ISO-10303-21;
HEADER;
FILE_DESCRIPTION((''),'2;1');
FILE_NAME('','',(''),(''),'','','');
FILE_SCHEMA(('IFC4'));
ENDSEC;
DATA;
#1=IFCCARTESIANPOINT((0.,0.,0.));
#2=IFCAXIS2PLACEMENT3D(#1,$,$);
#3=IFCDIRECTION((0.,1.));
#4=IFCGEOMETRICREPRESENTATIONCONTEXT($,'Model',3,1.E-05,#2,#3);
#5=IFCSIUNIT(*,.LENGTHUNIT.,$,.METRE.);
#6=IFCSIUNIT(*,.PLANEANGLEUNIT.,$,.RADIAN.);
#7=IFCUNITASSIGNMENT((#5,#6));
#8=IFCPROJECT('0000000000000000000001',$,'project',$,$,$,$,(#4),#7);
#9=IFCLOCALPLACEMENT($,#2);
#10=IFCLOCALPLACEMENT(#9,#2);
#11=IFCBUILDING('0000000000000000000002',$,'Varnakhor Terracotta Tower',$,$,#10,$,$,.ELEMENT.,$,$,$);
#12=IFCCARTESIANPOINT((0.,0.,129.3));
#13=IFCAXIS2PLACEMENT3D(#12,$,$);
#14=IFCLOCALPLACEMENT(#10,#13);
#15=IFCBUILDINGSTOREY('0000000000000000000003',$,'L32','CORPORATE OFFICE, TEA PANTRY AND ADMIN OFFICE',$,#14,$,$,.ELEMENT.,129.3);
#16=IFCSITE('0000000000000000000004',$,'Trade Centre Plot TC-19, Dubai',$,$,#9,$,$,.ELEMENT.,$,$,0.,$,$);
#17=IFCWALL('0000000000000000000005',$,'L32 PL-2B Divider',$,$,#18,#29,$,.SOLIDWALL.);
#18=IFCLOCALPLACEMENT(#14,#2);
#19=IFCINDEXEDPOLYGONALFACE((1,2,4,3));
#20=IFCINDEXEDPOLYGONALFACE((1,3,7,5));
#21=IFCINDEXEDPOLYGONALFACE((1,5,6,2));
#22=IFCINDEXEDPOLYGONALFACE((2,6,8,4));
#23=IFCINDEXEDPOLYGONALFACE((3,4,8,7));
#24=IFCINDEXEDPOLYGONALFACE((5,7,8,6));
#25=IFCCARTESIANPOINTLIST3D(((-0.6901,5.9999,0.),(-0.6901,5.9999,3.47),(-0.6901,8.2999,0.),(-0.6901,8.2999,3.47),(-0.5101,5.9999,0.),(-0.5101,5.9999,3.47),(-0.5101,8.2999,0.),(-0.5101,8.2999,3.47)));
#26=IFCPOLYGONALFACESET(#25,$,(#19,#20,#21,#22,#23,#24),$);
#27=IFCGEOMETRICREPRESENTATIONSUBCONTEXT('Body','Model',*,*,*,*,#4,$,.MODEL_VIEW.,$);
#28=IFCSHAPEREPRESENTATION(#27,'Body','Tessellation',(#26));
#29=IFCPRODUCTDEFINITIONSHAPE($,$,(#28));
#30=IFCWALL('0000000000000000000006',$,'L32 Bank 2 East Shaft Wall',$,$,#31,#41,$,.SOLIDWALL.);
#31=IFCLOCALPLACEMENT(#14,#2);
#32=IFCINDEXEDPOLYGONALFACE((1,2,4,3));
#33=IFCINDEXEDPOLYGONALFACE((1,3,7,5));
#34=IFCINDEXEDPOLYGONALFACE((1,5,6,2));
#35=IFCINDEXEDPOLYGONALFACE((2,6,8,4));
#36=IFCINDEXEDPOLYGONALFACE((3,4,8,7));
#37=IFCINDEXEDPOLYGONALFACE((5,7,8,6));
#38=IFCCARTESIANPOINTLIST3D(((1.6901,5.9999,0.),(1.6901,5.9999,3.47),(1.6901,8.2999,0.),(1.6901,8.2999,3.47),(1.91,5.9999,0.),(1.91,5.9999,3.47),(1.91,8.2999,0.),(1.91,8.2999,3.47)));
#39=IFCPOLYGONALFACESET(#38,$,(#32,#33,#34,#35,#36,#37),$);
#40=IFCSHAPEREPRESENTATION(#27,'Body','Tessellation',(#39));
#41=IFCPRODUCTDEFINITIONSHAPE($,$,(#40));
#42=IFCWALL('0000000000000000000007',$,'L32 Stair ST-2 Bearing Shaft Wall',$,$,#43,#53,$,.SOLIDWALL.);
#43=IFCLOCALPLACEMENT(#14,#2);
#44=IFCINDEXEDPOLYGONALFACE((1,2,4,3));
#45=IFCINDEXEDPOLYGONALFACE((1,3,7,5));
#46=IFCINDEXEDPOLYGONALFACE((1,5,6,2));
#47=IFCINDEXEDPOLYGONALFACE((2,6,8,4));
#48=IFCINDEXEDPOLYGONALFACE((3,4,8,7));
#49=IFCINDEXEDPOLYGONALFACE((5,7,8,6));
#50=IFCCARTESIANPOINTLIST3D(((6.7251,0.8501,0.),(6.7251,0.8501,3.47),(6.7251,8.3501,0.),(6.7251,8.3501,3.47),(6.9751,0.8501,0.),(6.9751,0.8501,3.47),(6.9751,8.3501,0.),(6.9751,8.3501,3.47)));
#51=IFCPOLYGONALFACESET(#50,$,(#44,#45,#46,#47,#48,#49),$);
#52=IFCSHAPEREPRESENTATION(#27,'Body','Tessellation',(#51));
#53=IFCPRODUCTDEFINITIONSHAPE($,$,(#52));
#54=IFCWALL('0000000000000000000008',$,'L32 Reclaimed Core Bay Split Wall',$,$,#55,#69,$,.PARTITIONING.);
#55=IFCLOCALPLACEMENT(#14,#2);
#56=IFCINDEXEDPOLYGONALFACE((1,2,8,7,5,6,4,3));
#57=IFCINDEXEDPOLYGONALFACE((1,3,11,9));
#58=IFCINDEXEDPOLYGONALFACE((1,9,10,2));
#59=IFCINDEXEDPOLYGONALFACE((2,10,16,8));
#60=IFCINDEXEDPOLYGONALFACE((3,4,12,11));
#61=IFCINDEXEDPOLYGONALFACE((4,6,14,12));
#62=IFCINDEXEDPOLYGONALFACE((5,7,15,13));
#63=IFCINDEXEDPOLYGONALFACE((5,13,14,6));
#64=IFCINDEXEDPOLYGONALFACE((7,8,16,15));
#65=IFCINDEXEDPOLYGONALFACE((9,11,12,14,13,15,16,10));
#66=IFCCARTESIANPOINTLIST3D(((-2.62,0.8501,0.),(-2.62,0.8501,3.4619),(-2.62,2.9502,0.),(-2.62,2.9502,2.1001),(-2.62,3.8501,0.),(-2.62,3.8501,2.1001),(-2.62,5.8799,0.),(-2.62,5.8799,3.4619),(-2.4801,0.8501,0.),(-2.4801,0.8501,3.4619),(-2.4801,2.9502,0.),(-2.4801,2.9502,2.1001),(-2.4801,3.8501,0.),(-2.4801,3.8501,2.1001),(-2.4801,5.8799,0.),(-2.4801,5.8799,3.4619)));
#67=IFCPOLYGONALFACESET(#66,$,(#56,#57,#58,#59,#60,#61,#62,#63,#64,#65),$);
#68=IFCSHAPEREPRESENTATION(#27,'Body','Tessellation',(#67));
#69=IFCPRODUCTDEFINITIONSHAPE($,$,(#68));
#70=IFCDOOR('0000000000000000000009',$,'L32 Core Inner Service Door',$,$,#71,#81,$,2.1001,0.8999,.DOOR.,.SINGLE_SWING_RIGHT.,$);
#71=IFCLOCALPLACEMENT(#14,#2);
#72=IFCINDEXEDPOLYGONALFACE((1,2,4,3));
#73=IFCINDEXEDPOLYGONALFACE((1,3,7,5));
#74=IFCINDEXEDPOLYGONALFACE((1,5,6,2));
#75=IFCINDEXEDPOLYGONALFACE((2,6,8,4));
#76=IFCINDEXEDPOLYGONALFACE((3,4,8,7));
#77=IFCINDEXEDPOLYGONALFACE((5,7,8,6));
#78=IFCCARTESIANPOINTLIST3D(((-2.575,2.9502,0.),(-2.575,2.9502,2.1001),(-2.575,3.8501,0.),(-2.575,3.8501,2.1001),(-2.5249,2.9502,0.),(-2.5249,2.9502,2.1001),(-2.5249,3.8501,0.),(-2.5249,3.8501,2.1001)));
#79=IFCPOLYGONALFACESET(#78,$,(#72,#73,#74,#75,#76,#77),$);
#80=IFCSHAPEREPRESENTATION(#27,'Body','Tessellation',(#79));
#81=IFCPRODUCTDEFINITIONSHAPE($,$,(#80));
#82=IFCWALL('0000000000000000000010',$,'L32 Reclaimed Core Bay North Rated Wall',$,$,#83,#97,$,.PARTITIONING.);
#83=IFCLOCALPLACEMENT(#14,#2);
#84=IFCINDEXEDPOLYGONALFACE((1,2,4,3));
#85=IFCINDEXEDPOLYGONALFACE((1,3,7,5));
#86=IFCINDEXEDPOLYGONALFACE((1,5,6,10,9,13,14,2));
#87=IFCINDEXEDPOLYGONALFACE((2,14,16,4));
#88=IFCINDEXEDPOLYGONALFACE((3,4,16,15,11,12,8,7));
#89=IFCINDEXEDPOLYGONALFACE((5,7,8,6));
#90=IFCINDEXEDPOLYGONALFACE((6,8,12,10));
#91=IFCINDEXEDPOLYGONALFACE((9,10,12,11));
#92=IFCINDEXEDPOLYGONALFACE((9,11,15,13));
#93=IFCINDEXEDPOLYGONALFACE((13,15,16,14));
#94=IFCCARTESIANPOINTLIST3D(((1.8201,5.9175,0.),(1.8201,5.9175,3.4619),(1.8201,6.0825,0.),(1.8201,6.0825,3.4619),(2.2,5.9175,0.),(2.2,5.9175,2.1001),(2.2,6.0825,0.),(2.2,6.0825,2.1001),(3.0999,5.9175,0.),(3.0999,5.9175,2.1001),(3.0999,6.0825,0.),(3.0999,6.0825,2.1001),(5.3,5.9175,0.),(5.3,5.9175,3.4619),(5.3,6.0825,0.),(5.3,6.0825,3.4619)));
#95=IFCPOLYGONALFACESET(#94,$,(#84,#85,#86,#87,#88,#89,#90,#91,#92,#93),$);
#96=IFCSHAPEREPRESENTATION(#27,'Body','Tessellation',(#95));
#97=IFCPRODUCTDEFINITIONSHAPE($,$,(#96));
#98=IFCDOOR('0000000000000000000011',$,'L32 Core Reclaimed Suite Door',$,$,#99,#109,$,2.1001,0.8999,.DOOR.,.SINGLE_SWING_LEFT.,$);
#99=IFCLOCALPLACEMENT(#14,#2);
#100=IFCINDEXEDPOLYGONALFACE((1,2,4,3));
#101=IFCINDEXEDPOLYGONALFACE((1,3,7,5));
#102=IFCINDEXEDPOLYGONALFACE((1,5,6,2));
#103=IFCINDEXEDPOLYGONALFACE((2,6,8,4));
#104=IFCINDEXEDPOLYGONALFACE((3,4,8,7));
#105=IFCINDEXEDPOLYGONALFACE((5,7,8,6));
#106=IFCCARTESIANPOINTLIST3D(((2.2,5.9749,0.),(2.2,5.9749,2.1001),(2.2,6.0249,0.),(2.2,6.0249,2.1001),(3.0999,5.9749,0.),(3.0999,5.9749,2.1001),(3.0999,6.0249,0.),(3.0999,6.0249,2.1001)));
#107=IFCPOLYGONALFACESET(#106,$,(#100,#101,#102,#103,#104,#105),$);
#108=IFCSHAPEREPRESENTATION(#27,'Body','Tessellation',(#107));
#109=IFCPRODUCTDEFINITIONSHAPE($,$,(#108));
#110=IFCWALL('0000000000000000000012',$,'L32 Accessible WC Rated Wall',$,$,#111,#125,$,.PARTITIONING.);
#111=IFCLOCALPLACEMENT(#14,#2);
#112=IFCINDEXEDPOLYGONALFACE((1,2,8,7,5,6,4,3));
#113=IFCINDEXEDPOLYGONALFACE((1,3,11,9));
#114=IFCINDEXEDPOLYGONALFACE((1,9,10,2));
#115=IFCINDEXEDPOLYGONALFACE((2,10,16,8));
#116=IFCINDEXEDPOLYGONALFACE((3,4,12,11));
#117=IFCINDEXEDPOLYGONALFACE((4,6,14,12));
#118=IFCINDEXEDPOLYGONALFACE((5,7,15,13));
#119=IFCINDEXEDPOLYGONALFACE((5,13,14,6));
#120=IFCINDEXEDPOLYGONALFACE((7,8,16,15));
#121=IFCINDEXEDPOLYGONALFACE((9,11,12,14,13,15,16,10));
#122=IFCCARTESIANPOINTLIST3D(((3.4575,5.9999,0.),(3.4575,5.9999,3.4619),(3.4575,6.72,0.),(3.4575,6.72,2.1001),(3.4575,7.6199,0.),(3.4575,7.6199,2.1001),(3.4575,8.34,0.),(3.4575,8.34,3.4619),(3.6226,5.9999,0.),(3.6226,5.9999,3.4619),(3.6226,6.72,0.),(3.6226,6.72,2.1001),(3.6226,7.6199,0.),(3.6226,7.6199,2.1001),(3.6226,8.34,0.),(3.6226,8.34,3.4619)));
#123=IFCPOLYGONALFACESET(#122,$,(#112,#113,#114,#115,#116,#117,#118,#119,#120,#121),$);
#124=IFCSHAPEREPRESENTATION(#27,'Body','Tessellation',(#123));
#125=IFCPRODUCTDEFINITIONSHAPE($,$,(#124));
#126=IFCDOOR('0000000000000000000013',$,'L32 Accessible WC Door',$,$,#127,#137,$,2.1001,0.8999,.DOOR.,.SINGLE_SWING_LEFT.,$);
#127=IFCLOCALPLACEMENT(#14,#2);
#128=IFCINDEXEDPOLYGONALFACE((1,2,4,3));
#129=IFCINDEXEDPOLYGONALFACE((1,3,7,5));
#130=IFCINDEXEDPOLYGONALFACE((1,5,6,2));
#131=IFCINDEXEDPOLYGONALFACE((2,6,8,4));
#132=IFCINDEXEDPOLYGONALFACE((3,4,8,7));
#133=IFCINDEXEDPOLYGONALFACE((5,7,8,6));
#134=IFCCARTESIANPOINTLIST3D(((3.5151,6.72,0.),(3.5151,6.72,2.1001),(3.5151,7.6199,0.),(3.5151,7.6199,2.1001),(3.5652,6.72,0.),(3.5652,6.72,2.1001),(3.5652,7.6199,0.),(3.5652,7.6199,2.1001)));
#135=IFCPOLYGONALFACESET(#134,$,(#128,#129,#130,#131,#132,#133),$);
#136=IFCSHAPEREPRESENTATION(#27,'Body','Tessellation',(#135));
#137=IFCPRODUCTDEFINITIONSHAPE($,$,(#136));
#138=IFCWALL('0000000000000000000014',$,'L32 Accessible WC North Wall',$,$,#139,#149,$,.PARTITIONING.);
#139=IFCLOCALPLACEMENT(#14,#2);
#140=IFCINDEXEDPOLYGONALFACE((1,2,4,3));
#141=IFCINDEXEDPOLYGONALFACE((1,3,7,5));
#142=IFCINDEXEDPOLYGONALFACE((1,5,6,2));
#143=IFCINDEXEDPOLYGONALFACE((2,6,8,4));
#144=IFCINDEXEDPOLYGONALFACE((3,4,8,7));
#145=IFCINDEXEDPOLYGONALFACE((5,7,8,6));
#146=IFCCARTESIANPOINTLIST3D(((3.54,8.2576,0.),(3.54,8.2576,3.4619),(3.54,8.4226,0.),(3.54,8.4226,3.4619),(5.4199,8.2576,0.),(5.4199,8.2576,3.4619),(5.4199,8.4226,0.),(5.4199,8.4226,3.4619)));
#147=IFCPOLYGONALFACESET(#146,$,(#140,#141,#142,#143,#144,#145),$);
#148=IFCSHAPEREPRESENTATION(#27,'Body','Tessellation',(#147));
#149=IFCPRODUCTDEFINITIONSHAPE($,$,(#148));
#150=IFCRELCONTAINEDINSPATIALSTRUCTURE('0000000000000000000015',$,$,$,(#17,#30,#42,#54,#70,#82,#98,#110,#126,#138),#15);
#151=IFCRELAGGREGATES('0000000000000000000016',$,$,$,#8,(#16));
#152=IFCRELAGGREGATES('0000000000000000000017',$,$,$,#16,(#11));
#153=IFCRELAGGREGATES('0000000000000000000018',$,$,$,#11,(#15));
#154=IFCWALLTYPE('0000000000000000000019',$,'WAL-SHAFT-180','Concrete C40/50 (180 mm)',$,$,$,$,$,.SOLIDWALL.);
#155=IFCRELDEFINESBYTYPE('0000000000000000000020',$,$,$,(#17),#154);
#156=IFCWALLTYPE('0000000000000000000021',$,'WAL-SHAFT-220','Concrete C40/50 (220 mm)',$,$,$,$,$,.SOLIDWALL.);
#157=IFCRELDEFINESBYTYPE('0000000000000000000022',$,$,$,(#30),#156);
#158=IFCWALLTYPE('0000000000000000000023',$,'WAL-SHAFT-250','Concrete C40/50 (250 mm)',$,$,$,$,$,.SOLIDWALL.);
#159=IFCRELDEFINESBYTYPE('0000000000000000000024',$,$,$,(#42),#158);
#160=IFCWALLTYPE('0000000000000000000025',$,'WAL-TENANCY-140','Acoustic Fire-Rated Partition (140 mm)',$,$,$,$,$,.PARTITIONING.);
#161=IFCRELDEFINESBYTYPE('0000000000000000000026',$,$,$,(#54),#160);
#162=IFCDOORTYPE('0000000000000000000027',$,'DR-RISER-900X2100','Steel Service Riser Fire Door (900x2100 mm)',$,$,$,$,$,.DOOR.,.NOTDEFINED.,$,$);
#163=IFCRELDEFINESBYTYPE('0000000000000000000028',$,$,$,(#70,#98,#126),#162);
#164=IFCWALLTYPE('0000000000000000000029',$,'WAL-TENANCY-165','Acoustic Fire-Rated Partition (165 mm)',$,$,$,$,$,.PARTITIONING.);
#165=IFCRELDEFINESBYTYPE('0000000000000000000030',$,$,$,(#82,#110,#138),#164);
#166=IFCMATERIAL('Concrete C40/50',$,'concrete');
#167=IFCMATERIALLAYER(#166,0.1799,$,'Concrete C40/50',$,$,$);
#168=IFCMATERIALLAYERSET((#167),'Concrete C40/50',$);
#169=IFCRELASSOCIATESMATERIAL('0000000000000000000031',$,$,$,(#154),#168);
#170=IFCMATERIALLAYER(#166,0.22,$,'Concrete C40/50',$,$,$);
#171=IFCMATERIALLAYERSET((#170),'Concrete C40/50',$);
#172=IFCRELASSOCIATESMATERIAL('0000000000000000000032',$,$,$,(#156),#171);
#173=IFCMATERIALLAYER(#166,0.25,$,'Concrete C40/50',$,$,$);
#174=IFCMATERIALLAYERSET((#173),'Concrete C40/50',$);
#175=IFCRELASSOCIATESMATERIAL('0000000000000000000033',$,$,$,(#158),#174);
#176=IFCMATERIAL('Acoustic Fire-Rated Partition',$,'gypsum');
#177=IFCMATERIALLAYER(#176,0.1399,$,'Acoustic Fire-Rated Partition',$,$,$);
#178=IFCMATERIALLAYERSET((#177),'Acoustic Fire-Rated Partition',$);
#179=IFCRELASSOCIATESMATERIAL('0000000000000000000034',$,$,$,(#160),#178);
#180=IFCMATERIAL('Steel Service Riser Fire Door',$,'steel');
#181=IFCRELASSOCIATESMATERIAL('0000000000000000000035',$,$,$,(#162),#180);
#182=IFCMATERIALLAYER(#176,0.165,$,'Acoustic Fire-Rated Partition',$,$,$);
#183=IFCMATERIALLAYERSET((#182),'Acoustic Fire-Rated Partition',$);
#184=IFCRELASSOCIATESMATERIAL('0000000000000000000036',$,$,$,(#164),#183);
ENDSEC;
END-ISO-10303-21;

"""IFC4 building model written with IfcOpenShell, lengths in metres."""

from ifc_helpers import new_model, si_unit, direction, frame, frame_2d, origin, place, context, subcontext, project, spatial, rectangle, extrude, source, transform, mapped, material, layer, layer_set, type_object, type_shapes, element, fill, save


model = new_model("IFC4")

# Units and contexts
model_context = context("Model", 3, precision=1e-05, world=origin(), true_north=direction((0.0, 1.0)))
body_context = subcontext(model_context, "Body", "Model", "MODEL_VIEW")
ifc_project = project(units=[si_unit("LENGTHUNIT", "METRE"), si_unit("PLANEANGLEUNIT", "RADIAN")], contexts=[model_context])

# Site, building, storey
site_placement = place(None, origin())
site = spatial("IfcSite", under=ifc_project, at=site_placement, Name="Trade Centre Plot TC-19, Dubai", CompositionType="ELEMENT", RefElevation=0.0)
building_placement = place(site_placement, origin())
building = spatial("IfcBuilding", under=site, at=building_placement, Name="Varnakhor Terracotta Tower", CompositionType="ELEMENT")
storey_placement = place(building_placement, frame((0.0, 0.0, 129.3)))
storey = spatial("IfcBuildingStorey", under=building, at=storey_placement, Name="L32", Description="CORPORATE OFFICE, TEA PANTRY AND ADMIN OFFICE", CompositionType="ELEMENT", Elevation=129.3)

# Shared definitions
ifc_material_1 = material(Name="Concrete C40/50", Category="concrete")

# Walls
ifc_layer_1 = layer(ifc_material_1, 0.1799, Name="Concrete C40/50")
ifc_layer_set_1 = layer_set([ifc_layer_1], Name="Concrete C40/50")
wall_type_1 = type_object("IfcWallType", Name="WAL-SHAFT-180", Description="Concrete C40/50 (180 mm)", PredefinedType="SOLIDWALL", material=ifc_layer_set_1)
for number, where, z_axis, x_axis, name in (
    (1, (-0.6001, 6.0, 0.0), (0.0, 0.0, 1.0), (0.0, 1.0, 0.0), "L32 PL-2B Divider"),
):
    element("IfcWall", number, at=place(storey_placement, frame(where, z_axis=z_axis, x_axis=x_axis)), inside=storey, type_object=wall_type_1, Name=name, PredefinedType="SOLIDWALL", context=body_context, shape_type="SweptSolid", body=[
        extrude(rectangle(XDim=2.3, YDim=0.1799, at=frame_2d((1.1499, 0.0))), origin(), (0.0, 0.0, 1.0), 3.47),
    ])
ifc_layer_2 = layer(ifc_material_1, 0.22, Name="Concrete C40/50")
ifc_layer_set_2 = layer_set([ifc_layer_2], Name="Concrete C40/50")
wall_type_2 = type_object("IfcWallType", Name="WAL-SHAFT-220", Description="Concrete C40/50 (220 mm)", PredefinedType="SOLIDWALL", material=ifc_layer_set_2)
wall_1_placement = place(storey_placement, frame((1.8, 6.0, 0.0), z_axis=(0.0, 0.0, 1.0), x_axis=(0.0, 1.0, 0.0)))
element("IfcWall", 2, at=wall_1_placement, inside=storey, type_object=wall_type_2, Name="L32 Bank 2 East Shaft Wall", PredefinedType="SOLIDWALL", context=body_context, shape_type="SweptSolid", body=[
    extrude(rectangle(XDim=2.3, YDim=0.22, at=frame_2d((1.1499, 0.0))), origin(), (0.0, 0.0, 1.0), 3.47),
])
ifc_layer_3 = layer(ifc_material_1, 0.25, Name="Concrete C40/50")
ifc_layer_set_3 = layer_set([ifc_layer_3], Name="Concrete C40/50")
wall_type_3 = type_object("IfcWallType", Name="WAL-SHAFT-250", Description="Concrete C40/50 (250 mm)", PredefinedType="SOLIDWALL", material=ifc_layer_set_3)
wall_2_placement = place(storey_placement, frame((6.8501, 0.8501, 0.0), z_axis=(0.0, 0.0, 1.0), x_axis=(0.0, 1.0, 0.0)))
element("IfcWall", 3, at=wall_2_placement, inside=storey, type_object=wall_type_3, Name="L32 Stair ST-2 Bearing Shaft Wall", PredefinedType="SOLIDWALL", context=body_context, shape_type="SweptSolid", body=[
    extrude(rectangle(XDim=7.5, YDim=0.25, at=frame_2d((3.75, 0.0))), origin(), (0.0, 0.0, 1.0), 3.47),
])

# Walls, openings, doors
ifc_material_2 = material(Name="Acoustic Fire-Rated Partition", Category="gypsum")
ifc_layer_4 = layer(ifc_material_2, 0.1399, Name="Acoustic Fire-Rated Partition")
ifc_layer_set_4 = layer_set([ifc_layer_4], Name="Acoustic Fire-Rated Partition")
wall_type_4 = type_object("IfcWallType", Name="WAL-TENANCY-140", Description="Acoustic Fire-Rated Partition (140 mm)", PredefinedType="PARTITIONING", material=ifc_layer_set_4)
wall_3_placement = place(storey_placement, frame((-2.55, 0.8501, 0.0), z_axis=(0.0, 0.0, 1.0), x_axis=(0.0, 1.0, 0.0)))
wall_3 = element("IfcWall", 4, at=wall_3_placement, inside=storey, type_object=wall_type_4, Name="L32 Reclaimed Core Bay Split Wall", PredefinedType="PARTITIONING", context=body_context, shape_type="SweptSolid", body=[
    extrude(rectangle(XDim=5.0298, YDim=0.1399, at=frame_2d((2.5149, 0.0))), origin(), (0.0, 0.0, 1.0), 3.4619),
])
opening_1_placement = place(wall_3_placement, frame((2.1001, 0.0, 0.0)))
opening_1 = element("IfcOpeningElement", 5, at=opening_1_placement, cuts=wall_3, PredefinedType="OPENING", context=body_context, shape_type="SweptSolid", body=[
    extrude(rectangle(XDim=0.8999, YDim=2.1001, at=frame_2d((0.45, 1.05))), frame((0.0, 0.0801, 0.0), z_axis=(0.0, -1.0, 0.0), x_axis=(1.0, 0.0, 0.0)), (0.0, 0.0, 1.0), 0.1599),
])
ifc_material_3 = material(Name="Steel Service Riser Fire Door", Category="steel")
door_type_1 = type_object("IfcDoorType", Name="DR-RISER-900X2100", Description="Steel Service Riser Fire Door (900x2100 mm)", OperationType="NOTDEFINED", PredefinedType="DOOR", material=ifc_material_3)
shared_shape_1 = source(origin(), body_context, "Body", "SweptSolid", [
    extrude(rectangle(XDim=0.8999, YDim=2.1001, at=frame_2d((0.45, 1.05))), frame((0.0, 0.0249, 0.0), z_axis=(0.0, -1.0, 0.0), x_axis=(1.0, 0.0, 0.0)), (0.0, 0.0, 1.0), 0.05),
])
type_shapes(door_type_1, [shared_shape_1])
door_1_placement = place(opening_1_placement, origin())
door_1 = element("IfcDoor", 6, at=door_1_placement, inside=storey, type_object=door_type_1, Name="L32 Core Inner Service Door", OperationType="SINGLE_SWING_RIGHT", OverallHeight=2.1001, OverallWidth=0.8999, PredefinedType="DOOR", context=body_context, shape_type="MappedRepresentation", body=[
    mapped(shared_shape_1, transform((0.0, 0.0, 0.0), scale=1.0)),
])
fill(opening_1, door_1)
ifc_layer_5 = layer(ifc_material_2, 0.165, Name="Acoustic Fire-Rated Partition")
ifc_layer_set_5 = layer_set([ifc_layer_5], Name="Acoustic Fire-Rated Partition")
wall_type_5 = type_object("IfcWallType", Name="WAL-TENANCY-165", Description="Acoustic Fire-Rated Partition (165 mm)", PredefinedType="PARTITIONING", material=ifc_layer_set_5)
wall_4_placement = place(storey_placement, frame((1.8201, 6.0, 0.0), z_axis=(0.0, 0.0, 1.0), x_axis=(1.0, 0.0, 0.0)))
wall_4 = element("IfcWall", 7, at=wall_4_placement, inside=storey, type_object=wall_type_5, Name="L32 Reclaimed Core Bay North Rated Wall", PredefinedType="PARTITIONING", context=body_context, shape_type="SweptSolid", body=[
    extrude(rectangle(XDim=3.48, YDim=0.165, at=frame_2d((1.74, 0.0))), origin(), (0.0, 0.0, 1.0), 3.4619),
])
opening_2_placement = place(wall_4_placement, frame((0.3799, 0.0, 0.0)))
opening_2 = element("IfcOpeningElement", 8, at=opening_2_placement, cuts=wall_4, PredefinedType="OPENING", context=body_context, shape_type="SweptSolid", body=[
    extrude(rectangle(XDim=0.8999, YDim=2.1001, at=frame_2d((0.45, 1.05))), frame((0.0, 0.0925, 0.0), z_axis=(0.0, -1.0, 0.0), x_axis=(1.0, 0.0, 0.0)), (0.0, 0.0, 1.0), 0.1851),
])
door_2_placement = place(opening_2_placement, origin())
door_2 = element("IfcDoor", 9, at=door_2_placement, inside=storey, type_object=door_type_1, Name="L32 Core Reclaimed Suite Door", OperationType="SINGLE_SWING_LEFT", OverallHeight=2.1001, OverallWidth=0.8999, PredefinedType="DOOR", context=body_context, shape_type="MappedRepresentation", body=[
    mapped(shared_shape_1, transform((0.0, 0.0, 0.0), scale=1.0)),
])
fill(opening_2, door_2)
wall_5_placement = place(storey_placement, frame((3.54, 6.0, 0.0), z_axis=(0.0, 0.0, 1.0), x_axis=(0.0, 1.0, 0.0)))
wall_5 = element("IfcWall", 10, at=wall_5_placement, inside=storey, type_object=wall_type_5, Name="L32 Accessible WC Rated Wall", PredefinedType="PARTITIONING", context=body_context, shape_type="SweptSolid", body=[
    extrude(rectangle(XDim=2.3401, YDim=0.165, at=frame_2d((1.1699, 0.0))), origin(), (0.0, 0.0, 1.0), 3.4619),
])
opening_3_placement = place(wall_5_placement, frame((0.72, 0.0, 0.0)))
opening_3 = element("IfcOpeningElement", 11, at=opening_3_placement, cuts=wall_5, PredefinedType="OPENING", context=body_context, shape_type="SweptSolid", body=[
    extrude(rectangle(XDim=0.8999, YDim=2.1001, at=frame_2d((0.45, 1.05))), frame((0.0, 0.0925, 0.0), z_axis=(0.0, -1.0, 0.0), x_axis=(1.0, 0.0, 0.0)), (0.0, 0.0, 1.0), 0.1851),
])
door_3_placement = place(opening_3_placement, origin())
door_3 = element("IfcDoor", 12, at=door_3_placement, inside=storey, type_object=door_type_1, Name="L32 Accessible WC Door", OperationType="SINGLE_SWING_LEFT", OverallHeight=2.1001, OverallWidth=0.8999, PredefinedType="DOOR", context=body_context, shape_type="MappedRepresentation", body=[
    mapped(shared_shape_1, transform((0.0, 0.0, 0.0), scale=1.0)),
])
fill(opening_3, door_3)

# Wall
wall_6_placement = place(storey_placement, frame((3.54, 8.3401, 0.0), z_axis=(0.0, 0.0, 1.0), x_axis=(1.0, 0.0, 0.0)))
element("IfcWall", 13, at=wall_6_placement, inside=storey, type_object=wall_type_5, Name="L32 Accessible WC North Wall", PredefinedType="PARTITIONING", context=body_context, shape_type="SweptSolid", body=[
    extrude(rectangle(XDim=1.8799, YDim=0.165, at=frame_2d((0.9399, 0.0))), origin(), (0.0, 0.0, 1.0), 3.4619),
])

save(model, "model.ifc")
